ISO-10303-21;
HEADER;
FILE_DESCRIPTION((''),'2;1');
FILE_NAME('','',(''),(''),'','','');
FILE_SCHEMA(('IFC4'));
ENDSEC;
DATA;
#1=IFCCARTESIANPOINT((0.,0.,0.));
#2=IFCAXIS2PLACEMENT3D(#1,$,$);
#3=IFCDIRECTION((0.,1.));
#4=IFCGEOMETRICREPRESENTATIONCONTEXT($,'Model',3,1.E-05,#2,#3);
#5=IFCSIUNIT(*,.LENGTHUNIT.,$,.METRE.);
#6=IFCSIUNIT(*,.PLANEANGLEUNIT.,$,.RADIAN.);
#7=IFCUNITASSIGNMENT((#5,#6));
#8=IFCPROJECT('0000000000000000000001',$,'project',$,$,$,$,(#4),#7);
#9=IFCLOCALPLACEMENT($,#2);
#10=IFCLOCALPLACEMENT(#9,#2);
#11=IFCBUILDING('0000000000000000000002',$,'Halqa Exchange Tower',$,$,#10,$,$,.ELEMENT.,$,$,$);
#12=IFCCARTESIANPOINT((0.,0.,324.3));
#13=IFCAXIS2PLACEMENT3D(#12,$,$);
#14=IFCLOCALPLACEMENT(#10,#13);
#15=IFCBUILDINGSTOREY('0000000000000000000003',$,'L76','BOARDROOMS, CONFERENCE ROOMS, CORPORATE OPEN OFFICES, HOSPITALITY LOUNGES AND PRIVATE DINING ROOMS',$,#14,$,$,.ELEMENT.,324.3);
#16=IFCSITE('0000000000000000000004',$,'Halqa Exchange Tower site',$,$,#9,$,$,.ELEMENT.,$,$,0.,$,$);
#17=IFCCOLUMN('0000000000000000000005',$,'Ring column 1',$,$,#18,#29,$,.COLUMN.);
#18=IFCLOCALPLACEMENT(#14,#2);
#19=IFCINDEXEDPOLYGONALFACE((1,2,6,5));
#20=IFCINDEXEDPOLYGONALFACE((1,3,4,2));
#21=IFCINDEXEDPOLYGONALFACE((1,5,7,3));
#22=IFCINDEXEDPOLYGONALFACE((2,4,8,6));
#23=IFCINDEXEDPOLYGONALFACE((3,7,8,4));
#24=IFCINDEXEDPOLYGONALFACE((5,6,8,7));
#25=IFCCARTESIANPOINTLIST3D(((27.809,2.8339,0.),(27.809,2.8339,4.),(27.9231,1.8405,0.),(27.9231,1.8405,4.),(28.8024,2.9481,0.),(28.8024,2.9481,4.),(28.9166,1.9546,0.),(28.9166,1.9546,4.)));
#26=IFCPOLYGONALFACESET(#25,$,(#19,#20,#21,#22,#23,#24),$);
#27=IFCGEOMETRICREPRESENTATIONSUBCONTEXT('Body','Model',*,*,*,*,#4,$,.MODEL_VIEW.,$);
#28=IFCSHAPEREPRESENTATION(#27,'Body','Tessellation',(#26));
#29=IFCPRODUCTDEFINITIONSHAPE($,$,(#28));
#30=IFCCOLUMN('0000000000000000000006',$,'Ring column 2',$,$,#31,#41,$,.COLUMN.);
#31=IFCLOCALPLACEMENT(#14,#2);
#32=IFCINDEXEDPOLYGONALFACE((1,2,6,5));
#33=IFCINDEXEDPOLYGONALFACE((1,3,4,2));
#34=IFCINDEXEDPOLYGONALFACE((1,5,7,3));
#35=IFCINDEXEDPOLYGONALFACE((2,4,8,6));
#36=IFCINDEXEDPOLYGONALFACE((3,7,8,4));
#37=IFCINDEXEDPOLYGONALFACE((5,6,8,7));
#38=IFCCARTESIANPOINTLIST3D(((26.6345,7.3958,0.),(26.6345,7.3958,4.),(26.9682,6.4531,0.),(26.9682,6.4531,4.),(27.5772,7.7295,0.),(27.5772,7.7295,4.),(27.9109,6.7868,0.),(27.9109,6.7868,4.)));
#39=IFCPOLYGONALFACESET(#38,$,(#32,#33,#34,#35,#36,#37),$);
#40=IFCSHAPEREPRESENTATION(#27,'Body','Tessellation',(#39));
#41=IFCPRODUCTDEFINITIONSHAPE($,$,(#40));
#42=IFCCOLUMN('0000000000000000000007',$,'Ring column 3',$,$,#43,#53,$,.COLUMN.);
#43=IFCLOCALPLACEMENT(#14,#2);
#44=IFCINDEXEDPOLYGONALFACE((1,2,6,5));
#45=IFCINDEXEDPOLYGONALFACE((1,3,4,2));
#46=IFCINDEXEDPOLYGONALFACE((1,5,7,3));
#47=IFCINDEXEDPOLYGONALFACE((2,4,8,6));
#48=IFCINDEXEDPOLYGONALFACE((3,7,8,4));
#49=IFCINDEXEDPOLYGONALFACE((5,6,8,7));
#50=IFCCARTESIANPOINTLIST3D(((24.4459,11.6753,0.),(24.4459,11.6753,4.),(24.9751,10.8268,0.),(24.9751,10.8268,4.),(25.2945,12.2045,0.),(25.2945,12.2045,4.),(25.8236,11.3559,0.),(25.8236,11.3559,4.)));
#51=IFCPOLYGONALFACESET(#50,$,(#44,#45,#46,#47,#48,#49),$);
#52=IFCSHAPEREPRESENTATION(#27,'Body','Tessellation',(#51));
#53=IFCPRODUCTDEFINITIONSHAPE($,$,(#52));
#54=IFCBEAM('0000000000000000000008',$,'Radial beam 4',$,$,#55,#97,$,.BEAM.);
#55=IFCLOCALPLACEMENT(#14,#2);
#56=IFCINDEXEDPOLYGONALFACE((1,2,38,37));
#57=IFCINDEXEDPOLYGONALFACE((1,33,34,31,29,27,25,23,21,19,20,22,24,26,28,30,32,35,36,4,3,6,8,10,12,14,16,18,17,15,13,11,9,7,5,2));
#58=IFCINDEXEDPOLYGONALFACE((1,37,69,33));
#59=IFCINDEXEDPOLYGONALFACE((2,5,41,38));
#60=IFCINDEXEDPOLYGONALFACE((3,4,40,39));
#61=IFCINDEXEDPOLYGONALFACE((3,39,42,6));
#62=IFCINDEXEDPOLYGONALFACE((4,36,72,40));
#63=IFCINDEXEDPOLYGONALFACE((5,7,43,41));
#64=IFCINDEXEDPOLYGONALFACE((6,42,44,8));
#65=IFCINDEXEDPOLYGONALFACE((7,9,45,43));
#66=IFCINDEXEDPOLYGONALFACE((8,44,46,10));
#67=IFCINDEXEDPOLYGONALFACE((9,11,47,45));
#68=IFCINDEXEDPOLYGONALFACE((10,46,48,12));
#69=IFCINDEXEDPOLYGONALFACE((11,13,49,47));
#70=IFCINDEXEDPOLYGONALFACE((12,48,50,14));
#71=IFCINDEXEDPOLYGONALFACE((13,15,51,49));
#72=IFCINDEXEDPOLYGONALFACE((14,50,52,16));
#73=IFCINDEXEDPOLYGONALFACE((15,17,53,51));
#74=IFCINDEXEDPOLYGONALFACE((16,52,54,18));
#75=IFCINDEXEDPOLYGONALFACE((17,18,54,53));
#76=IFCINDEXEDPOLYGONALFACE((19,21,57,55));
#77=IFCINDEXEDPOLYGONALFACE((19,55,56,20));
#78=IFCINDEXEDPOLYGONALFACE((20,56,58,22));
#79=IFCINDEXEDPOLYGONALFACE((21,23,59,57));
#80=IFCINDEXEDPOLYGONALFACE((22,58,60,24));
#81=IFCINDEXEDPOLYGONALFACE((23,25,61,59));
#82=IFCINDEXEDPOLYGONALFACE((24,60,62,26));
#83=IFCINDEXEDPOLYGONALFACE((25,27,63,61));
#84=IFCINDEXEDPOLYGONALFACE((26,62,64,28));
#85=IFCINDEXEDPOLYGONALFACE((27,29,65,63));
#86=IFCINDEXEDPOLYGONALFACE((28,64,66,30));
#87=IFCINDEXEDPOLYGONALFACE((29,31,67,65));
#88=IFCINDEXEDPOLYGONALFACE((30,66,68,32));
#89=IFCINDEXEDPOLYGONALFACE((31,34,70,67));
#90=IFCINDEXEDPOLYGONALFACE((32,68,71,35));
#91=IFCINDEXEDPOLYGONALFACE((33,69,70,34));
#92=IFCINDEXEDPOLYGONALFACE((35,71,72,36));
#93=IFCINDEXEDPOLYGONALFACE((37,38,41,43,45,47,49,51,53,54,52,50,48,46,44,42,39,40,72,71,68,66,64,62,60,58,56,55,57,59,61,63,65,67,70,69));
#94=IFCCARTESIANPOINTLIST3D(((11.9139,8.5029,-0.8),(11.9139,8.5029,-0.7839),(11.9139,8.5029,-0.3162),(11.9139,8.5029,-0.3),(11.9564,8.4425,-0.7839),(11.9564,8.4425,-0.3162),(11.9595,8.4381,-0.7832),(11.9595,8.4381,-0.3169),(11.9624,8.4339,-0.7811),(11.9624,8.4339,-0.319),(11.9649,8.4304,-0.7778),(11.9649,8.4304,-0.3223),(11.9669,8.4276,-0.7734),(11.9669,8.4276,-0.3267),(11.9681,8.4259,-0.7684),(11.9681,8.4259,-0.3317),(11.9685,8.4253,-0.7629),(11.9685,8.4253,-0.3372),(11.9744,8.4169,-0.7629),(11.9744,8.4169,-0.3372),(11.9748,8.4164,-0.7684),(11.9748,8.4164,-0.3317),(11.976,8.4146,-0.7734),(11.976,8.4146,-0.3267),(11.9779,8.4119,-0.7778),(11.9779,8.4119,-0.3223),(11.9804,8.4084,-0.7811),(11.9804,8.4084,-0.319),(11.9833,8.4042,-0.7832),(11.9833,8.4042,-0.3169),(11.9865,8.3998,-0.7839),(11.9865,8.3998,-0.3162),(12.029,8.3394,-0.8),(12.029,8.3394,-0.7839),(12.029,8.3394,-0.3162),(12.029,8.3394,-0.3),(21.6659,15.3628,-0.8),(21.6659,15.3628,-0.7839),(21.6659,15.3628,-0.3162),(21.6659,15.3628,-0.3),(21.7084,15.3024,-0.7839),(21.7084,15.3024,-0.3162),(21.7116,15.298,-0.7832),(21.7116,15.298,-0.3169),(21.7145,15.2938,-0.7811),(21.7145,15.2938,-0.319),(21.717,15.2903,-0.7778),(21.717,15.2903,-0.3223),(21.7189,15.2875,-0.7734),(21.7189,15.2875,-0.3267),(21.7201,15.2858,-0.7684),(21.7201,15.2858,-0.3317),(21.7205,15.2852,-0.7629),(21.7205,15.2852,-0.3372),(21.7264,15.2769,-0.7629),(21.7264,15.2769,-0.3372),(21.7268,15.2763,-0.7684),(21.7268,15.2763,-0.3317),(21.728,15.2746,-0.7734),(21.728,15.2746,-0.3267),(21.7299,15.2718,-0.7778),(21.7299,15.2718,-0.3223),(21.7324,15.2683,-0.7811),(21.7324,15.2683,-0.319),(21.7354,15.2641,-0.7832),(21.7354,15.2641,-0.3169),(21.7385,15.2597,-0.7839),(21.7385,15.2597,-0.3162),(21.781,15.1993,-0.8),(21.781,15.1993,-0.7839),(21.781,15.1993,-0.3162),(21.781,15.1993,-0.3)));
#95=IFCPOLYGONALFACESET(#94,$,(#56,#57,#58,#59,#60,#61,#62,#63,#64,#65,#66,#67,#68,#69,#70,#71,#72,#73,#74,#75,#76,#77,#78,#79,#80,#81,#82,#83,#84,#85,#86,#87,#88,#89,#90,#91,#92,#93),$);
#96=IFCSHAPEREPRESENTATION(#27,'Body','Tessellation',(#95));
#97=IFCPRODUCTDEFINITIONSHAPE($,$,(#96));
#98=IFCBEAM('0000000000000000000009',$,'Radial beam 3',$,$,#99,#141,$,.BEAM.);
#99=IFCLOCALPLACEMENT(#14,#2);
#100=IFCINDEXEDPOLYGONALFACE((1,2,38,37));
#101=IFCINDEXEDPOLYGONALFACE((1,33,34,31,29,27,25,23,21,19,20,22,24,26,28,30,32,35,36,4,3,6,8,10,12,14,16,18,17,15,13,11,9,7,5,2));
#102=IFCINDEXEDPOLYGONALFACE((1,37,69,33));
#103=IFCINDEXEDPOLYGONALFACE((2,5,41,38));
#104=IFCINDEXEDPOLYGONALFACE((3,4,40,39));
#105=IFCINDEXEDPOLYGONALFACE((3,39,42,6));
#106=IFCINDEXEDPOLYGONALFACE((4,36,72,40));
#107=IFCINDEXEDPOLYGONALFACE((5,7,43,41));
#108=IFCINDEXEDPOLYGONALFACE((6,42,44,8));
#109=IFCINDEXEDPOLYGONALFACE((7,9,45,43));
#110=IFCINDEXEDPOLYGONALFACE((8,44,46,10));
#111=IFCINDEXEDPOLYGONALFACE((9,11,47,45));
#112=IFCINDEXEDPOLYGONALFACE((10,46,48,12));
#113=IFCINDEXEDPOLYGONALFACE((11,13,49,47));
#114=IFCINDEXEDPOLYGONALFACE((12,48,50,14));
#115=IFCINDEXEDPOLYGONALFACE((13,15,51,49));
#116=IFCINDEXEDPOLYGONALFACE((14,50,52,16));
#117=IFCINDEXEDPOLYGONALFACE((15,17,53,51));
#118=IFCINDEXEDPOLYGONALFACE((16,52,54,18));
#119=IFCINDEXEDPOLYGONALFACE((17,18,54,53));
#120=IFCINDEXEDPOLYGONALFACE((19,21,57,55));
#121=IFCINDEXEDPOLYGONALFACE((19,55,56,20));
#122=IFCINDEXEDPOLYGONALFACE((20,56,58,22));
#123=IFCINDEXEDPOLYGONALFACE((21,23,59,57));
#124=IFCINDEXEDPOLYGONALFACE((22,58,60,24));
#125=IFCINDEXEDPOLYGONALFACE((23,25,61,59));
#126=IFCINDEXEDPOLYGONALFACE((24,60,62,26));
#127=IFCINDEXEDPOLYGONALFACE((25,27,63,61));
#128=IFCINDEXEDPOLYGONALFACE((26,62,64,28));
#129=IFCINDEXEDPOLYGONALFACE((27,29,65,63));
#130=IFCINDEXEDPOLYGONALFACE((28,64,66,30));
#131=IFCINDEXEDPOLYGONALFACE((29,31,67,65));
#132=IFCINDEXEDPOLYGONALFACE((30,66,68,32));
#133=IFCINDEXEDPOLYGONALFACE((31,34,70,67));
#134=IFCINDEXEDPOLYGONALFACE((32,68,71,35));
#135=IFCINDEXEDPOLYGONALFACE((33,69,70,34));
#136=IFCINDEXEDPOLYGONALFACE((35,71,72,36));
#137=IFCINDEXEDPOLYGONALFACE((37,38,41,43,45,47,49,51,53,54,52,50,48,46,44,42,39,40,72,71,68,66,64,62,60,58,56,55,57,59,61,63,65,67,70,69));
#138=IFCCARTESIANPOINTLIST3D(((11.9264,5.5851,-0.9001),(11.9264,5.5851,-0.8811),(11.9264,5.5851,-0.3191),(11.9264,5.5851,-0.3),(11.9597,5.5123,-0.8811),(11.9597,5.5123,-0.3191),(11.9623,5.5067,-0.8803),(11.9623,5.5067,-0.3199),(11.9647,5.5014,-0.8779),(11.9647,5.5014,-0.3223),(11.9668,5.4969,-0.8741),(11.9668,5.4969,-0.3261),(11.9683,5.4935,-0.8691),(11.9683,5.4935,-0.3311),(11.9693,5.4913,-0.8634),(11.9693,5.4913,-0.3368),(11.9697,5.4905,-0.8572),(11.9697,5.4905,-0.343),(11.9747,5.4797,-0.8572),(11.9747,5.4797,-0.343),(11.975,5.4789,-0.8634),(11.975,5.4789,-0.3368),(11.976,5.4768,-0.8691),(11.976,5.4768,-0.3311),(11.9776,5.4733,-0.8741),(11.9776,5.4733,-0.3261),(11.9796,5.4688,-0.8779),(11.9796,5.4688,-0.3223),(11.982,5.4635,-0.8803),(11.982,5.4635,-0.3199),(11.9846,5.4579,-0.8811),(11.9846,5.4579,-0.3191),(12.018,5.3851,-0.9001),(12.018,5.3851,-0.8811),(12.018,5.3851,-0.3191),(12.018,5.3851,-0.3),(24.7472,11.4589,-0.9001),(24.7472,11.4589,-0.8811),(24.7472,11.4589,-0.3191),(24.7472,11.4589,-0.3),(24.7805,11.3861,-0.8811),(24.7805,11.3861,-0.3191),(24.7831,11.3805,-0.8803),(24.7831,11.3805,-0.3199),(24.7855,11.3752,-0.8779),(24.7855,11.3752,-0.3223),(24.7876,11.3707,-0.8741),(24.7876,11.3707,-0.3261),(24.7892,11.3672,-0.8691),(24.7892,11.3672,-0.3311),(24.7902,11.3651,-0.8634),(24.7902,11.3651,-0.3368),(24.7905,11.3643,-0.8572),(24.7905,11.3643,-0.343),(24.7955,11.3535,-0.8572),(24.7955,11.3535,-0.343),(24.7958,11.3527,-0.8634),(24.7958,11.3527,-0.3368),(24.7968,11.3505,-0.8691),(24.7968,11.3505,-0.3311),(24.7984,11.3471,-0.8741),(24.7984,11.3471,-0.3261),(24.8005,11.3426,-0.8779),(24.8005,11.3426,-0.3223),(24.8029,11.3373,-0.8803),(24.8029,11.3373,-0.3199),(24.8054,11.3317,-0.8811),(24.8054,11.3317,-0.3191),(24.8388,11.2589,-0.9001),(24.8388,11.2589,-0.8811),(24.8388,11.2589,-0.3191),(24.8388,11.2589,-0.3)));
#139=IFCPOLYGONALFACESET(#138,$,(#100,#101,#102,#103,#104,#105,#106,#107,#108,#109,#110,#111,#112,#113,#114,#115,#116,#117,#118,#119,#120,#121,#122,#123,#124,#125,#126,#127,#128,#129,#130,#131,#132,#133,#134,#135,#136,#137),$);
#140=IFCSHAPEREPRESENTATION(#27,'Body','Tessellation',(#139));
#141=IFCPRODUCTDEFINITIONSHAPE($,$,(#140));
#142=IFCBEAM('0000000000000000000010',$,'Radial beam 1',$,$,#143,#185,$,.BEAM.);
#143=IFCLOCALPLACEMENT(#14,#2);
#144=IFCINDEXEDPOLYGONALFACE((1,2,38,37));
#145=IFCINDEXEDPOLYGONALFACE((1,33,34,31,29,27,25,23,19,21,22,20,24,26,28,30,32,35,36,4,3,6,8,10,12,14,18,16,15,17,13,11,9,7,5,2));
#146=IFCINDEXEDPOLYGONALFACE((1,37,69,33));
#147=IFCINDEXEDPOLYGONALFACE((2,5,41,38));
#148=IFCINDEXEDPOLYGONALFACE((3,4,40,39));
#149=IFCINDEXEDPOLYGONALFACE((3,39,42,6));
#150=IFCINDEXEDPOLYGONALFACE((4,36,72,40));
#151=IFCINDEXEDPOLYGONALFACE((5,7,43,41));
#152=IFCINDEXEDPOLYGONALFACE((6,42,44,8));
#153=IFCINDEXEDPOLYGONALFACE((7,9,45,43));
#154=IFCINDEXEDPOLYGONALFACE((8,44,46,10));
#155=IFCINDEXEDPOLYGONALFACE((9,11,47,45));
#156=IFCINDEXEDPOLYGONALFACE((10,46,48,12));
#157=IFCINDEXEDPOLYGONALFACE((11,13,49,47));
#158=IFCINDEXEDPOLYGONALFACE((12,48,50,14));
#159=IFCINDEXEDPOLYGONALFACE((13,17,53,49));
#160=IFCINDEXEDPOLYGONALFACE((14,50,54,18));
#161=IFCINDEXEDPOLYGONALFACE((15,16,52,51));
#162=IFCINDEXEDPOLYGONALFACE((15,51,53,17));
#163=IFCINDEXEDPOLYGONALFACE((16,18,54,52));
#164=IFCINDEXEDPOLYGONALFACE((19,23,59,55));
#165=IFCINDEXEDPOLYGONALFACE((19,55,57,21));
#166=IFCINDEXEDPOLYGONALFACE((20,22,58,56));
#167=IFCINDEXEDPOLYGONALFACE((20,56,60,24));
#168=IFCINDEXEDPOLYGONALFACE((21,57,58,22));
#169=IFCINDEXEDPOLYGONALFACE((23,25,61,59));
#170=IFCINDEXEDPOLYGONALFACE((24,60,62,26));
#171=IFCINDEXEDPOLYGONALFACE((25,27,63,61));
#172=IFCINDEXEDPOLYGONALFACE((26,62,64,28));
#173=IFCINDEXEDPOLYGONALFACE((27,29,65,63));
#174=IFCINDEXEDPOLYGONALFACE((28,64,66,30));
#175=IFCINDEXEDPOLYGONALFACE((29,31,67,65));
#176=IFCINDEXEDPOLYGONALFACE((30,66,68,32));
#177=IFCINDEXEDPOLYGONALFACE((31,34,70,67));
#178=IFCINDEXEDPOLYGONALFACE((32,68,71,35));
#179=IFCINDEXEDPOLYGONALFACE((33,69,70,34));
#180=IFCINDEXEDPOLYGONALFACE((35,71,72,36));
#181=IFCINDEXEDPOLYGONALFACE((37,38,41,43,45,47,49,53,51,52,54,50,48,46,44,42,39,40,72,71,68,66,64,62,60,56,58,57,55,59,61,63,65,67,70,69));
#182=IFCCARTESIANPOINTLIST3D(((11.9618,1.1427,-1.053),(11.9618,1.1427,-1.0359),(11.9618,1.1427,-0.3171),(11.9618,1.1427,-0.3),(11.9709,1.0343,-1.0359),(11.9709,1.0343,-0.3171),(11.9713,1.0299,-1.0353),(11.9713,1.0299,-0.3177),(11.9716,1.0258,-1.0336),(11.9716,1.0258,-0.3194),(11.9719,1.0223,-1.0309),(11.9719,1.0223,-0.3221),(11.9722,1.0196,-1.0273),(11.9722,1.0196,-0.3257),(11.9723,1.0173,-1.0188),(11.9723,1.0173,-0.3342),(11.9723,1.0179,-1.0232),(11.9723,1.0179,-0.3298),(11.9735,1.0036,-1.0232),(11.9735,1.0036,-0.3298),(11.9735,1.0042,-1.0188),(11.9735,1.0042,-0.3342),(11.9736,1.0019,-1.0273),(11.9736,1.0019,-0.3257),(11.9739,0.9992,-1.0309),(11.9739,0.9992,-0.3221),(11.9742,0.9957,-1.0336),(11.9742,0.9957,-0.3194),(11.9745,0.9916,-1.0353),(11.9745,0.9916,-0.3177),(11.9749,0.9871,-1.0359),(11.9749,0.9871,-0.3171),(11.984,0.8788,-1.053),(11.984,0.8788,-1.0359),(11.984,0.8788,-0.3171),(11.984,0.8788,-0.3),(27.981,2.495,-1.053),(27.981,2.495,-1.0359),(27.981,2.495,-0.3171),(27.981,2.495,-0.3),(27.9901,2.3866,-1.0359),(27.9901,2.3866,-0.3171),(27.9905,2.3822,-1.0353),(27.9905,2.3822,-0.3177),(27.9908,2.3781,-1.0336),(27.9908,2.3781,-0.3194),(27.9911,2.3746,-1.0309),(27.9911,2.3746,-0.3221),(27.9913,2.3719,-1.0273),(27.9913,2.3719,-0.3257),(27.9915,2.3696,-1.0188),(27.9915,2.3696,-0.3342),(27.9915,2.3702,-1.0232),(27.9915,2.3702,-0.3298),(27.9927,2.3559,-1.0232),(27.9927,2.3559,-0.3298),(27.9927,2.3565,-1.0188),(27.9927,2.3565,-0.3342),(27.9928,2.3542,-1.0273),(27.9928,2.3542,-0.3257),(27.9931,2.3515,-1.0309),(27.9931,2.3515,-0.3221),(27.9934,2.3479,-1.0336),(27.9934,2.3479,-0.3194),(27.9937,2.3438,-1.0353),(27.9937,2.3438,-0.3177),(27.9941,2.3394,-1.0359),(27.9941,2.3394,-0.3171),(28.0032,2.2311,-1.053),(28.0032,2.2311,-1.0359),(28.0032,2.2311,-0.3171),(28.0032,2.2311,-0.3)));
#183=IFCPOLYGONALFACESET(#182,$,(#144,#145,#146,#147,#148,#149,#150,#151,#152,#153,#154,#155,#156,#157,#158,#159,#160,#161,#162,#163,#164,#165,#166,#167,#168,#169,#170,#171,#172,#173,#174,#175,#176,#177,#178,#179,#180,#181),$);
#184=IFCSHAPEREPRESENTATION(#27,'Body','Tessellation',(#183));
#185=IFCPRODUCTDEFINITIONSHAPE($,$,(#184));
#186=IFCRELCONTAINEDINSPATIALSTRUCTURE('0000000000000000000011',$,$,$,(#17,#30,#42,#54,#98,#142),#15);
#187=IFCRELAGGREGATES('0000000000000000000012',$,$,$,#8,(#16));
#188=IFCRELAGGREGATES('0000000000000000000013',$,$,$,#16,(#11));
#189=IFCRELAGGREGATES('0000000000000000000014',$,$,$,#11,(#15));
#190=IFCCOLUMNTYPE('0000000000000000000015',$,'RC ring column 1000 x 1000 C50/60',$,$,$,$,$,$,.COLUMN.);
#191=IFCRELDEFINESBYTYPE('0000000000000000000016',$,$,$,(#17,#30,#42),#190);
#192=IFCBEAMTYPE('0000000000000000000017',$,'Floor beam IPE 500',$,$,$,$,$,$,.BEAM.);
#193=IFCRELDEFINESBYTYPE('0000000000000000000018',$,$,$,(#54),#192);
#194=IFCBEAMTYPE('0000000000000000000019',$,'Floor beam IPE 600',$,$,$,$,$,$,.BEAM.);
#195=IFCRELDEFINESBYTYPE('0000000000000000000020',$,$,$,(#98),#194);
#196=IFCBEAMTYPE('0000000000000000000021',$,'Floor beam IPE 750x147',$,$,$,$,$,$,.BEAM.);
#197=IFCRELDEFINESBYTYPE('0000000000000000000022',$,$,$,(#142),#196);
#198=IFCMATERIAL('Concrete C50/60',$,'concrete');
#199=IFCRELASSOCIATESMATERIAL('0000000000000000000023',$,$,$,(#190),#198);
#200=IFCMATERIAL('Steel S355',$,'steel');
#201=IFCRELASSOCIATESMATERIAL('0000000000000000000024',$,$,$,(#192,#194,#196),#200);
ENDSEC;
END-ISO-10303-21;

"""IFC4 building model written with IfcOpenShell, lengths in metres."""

from ifc_helpers import new_model, si_unit, direction, frame, origin, origin_2d, place, context, subcontext, project, spatial, rectangle, i_section, extrude, material, material_profile, profile_set, type_object, element, save


model = new_model("IFC4")

# Units and contexts
model_context = context("Model", 3, precision=1e-05, world=origin(), true_north=direction((0.0, 1.0)))
body_context = subcontext(model_context, "Body", "Model", "MODEL_VIEW")
ifc_project = project(units=[si_unit("LENGTHUNIT", "METRE"), si_unit("PLANEANGLEUNIT", "RADIAN")], contexts=[model_context])

# Site, building, storey
site_placement = place(None, origin())
site = spatial("IfcSite", under=ifc_project, at=site_placement, Name="Halqa Exchange Tower site", CompositionType="ELEMENT", RefElevation=0.0)
building_placement = place(site_placement, origin())
building = spatial("IfcBuilding", under=site, at=building_placement, Name="Halqa Exchange Tower", CompositionType="ELEMENT")
storey_placement = place(building_placement, frame((0.0, 0.0, 324.3)))
storey = spatial("IfcBuildingStorey", under=building, at=storey_placement, Name="L76", Description="BOARDROOMS, CONFERENCE ROOMS, CORPORATE OPEN OFFICES, HOSPITALITY LOUNGES AND PRIVATE DINING ROOMS", CompositionType="ELEMENT", Elevation=324.3)

# Columns
ifc_material_1 = material(Name="Concrete C50/60", Category="concrete")
ifc_material_profile_1 = material_profile(ifc_material_1, rectangle(XDim=1.0, YDim=1.0, at=origin_2d()), Name="1000 x 1000")
ifc_profile_set_1 = profile_set([ifc_material_profile_1], Name="Concrete C50/60")
column_type = type_object("IfcColumnType", Name="RC ring column 1000 x 1000 C50/60", PredefinedType="COLUMN", material=ifc_profile_set_1)
for number, where, z_axis, x_axis, name in (
    (1, (28.3628, 2.3943, 0.0), (0.0, 0.0, 1.0), (-0.11416, 0.993462, 0.0), "Ring column 1"),
    (2, (27.2727, 7.0913, 0.0), (0.0, 0.0, 1.0), (-0.333624, 0.942706, 0.0), "Ring column 2"),
    (3, (25.1348, 11.5156, 0.0), (0.0, 0.0, 1.0), (-0.52914, 0.848534, 0.0), "Ring column 3"),
):
    element("IfcColumn", number, at=place(storey_placement, frame(where, z_axis=z_axis, x_axis=x_axis)), inside=storey, type_object=column_type, Name=name, PredefinedType="COLUMN", context=body_context, shape_type="SweptSolid", body=[
        extrude(rectangle(XDim=1.0, YDim=1.0, at=origin_2d()), origin(), (0.0, 0.0, 1.0), 4.0),
    ])

# Beams
ifc_material_2 = material(Name="Steel S355", Category="steel")
ifc_material_profile_2 = material_profile(ifc_material_2, i_section(OverallWidth=0.2, OverallDepth=0.5, WebThickness=0.0103, FlangeThickness=0.0161, FilletRadius=0.021, at=origin_2d()), Name="IPE 500")
ifc_profile_set_2 = profile_set([ifc_material_profile_2], Name="Steel S355")
beam_type_1 = type_object("IfcBeamType", Name="Floor beam IPE 500", PredefinedType="BEAM", material=ifc_profile_set_2)
beam_1_placement = place(storey_placement, frame((11.9714, 8.4211, -0.55), z_axis=(0.81791, 0.575346, 0.0), x_axis=(-0.575346, 0.81791, 0.0)))
element("IfcBeam", 4, at=beam_1_placement, inside=storey, type_object=beam_type_1, Name="Radial beam 4", PredefinedType="BEAM", context=body_context, shape_type="SweptSolid", body=[
    extrude(i_section(OverallWidth=0.2, OverallDepth=0.5, WebThickness=0.0103, FlangeThickness=0.0161, FilletRadius=0.021, at=origin_2d()), origin(), (0.0, 0.0, 1.0), 11.9231),
])
ifc_material_profile_3 = material_profile(ifc_material_2, i_section(OverallWidth=0.22, OverallDepth=0.6001, WebThickness=0.012, FlangeThickness=0.019, FilletRadius=0.0239, at=origin_2d()), Name="IPE 600")
ifc_profile_set_3 = profile_set([ifc_material_profile_3], Name="Steel S355")
beam_type_2 = type_object("IfcBeamType", Name="Floor beam IPE 600", PredefinedType="BEAM", material=ifc_profile_set_3)
beam_2_placement = place(storey_placement, frame((11.9722, 5.4851, -0.6001), z_axis=(0.90913, 0.416513, 0.0), x_axis=(-0.416513, 0.90913, 0.0)))
element("IfcBeam", 5, at=beam_2_placement, inside=storey, type_object=beam_type_2, Name="Radial beam 3", PredefinedType="BEAM", context=body_context, shape_type="SweptSolid", body=[
    extrude(i_section(OverallWidth=0.22, OverallDepth=0.6001, WebThickness=0.012, FlangeThickness=0.019, FilletRadius=0.0239, at=origin_2d()), origin(), (0.0, 0.0, 1.0), 14.1023),
])
ifc_material_profile_4 = material_profile(ifc_material_2, i_section(OverallWidth=0.2649, OverallDepth=0.7529, WebThickness=0.0132, FlangeThickness=0.0171, FilletRadius=0.0171, at=origin_2d()), Name="IPE 750x147")
ifc_profile_set_4 = profile_set([ifc_material_profile_4], Name="Steel S355")
beam_type_3 = type_object("IfcBeamType", Name="Floor beam IPE 750x147", PredefinedType="BEAM", material=ifc_profile_set_4)
beam_3_placement = place(storey_placement, frame((11.9729, 1.0107, -0.6765), z_axis=(0.996456, 0.084117, 0.0), x_axis=(-0.084117, 0.996456, 0.0)))
element("IfcBeam", 6, at=beam_3_placement, inside=storey, type_object=beam_type_3, Name="Radial beam 1", PredefinedType="BEAM", context=body_context, shape_type="SweptSolid", body=[
    extrude(i_section(OverallWidth=0.2649, OverallDepth=0.7529, WebThickness=0.0132, FlangeThickness=0.0171, FilletRadius=0.0171, at=origin_2d()), origin(), (0.0, 0.0, 1.0), 16.0762),
])

save(model, "model.ifc")
